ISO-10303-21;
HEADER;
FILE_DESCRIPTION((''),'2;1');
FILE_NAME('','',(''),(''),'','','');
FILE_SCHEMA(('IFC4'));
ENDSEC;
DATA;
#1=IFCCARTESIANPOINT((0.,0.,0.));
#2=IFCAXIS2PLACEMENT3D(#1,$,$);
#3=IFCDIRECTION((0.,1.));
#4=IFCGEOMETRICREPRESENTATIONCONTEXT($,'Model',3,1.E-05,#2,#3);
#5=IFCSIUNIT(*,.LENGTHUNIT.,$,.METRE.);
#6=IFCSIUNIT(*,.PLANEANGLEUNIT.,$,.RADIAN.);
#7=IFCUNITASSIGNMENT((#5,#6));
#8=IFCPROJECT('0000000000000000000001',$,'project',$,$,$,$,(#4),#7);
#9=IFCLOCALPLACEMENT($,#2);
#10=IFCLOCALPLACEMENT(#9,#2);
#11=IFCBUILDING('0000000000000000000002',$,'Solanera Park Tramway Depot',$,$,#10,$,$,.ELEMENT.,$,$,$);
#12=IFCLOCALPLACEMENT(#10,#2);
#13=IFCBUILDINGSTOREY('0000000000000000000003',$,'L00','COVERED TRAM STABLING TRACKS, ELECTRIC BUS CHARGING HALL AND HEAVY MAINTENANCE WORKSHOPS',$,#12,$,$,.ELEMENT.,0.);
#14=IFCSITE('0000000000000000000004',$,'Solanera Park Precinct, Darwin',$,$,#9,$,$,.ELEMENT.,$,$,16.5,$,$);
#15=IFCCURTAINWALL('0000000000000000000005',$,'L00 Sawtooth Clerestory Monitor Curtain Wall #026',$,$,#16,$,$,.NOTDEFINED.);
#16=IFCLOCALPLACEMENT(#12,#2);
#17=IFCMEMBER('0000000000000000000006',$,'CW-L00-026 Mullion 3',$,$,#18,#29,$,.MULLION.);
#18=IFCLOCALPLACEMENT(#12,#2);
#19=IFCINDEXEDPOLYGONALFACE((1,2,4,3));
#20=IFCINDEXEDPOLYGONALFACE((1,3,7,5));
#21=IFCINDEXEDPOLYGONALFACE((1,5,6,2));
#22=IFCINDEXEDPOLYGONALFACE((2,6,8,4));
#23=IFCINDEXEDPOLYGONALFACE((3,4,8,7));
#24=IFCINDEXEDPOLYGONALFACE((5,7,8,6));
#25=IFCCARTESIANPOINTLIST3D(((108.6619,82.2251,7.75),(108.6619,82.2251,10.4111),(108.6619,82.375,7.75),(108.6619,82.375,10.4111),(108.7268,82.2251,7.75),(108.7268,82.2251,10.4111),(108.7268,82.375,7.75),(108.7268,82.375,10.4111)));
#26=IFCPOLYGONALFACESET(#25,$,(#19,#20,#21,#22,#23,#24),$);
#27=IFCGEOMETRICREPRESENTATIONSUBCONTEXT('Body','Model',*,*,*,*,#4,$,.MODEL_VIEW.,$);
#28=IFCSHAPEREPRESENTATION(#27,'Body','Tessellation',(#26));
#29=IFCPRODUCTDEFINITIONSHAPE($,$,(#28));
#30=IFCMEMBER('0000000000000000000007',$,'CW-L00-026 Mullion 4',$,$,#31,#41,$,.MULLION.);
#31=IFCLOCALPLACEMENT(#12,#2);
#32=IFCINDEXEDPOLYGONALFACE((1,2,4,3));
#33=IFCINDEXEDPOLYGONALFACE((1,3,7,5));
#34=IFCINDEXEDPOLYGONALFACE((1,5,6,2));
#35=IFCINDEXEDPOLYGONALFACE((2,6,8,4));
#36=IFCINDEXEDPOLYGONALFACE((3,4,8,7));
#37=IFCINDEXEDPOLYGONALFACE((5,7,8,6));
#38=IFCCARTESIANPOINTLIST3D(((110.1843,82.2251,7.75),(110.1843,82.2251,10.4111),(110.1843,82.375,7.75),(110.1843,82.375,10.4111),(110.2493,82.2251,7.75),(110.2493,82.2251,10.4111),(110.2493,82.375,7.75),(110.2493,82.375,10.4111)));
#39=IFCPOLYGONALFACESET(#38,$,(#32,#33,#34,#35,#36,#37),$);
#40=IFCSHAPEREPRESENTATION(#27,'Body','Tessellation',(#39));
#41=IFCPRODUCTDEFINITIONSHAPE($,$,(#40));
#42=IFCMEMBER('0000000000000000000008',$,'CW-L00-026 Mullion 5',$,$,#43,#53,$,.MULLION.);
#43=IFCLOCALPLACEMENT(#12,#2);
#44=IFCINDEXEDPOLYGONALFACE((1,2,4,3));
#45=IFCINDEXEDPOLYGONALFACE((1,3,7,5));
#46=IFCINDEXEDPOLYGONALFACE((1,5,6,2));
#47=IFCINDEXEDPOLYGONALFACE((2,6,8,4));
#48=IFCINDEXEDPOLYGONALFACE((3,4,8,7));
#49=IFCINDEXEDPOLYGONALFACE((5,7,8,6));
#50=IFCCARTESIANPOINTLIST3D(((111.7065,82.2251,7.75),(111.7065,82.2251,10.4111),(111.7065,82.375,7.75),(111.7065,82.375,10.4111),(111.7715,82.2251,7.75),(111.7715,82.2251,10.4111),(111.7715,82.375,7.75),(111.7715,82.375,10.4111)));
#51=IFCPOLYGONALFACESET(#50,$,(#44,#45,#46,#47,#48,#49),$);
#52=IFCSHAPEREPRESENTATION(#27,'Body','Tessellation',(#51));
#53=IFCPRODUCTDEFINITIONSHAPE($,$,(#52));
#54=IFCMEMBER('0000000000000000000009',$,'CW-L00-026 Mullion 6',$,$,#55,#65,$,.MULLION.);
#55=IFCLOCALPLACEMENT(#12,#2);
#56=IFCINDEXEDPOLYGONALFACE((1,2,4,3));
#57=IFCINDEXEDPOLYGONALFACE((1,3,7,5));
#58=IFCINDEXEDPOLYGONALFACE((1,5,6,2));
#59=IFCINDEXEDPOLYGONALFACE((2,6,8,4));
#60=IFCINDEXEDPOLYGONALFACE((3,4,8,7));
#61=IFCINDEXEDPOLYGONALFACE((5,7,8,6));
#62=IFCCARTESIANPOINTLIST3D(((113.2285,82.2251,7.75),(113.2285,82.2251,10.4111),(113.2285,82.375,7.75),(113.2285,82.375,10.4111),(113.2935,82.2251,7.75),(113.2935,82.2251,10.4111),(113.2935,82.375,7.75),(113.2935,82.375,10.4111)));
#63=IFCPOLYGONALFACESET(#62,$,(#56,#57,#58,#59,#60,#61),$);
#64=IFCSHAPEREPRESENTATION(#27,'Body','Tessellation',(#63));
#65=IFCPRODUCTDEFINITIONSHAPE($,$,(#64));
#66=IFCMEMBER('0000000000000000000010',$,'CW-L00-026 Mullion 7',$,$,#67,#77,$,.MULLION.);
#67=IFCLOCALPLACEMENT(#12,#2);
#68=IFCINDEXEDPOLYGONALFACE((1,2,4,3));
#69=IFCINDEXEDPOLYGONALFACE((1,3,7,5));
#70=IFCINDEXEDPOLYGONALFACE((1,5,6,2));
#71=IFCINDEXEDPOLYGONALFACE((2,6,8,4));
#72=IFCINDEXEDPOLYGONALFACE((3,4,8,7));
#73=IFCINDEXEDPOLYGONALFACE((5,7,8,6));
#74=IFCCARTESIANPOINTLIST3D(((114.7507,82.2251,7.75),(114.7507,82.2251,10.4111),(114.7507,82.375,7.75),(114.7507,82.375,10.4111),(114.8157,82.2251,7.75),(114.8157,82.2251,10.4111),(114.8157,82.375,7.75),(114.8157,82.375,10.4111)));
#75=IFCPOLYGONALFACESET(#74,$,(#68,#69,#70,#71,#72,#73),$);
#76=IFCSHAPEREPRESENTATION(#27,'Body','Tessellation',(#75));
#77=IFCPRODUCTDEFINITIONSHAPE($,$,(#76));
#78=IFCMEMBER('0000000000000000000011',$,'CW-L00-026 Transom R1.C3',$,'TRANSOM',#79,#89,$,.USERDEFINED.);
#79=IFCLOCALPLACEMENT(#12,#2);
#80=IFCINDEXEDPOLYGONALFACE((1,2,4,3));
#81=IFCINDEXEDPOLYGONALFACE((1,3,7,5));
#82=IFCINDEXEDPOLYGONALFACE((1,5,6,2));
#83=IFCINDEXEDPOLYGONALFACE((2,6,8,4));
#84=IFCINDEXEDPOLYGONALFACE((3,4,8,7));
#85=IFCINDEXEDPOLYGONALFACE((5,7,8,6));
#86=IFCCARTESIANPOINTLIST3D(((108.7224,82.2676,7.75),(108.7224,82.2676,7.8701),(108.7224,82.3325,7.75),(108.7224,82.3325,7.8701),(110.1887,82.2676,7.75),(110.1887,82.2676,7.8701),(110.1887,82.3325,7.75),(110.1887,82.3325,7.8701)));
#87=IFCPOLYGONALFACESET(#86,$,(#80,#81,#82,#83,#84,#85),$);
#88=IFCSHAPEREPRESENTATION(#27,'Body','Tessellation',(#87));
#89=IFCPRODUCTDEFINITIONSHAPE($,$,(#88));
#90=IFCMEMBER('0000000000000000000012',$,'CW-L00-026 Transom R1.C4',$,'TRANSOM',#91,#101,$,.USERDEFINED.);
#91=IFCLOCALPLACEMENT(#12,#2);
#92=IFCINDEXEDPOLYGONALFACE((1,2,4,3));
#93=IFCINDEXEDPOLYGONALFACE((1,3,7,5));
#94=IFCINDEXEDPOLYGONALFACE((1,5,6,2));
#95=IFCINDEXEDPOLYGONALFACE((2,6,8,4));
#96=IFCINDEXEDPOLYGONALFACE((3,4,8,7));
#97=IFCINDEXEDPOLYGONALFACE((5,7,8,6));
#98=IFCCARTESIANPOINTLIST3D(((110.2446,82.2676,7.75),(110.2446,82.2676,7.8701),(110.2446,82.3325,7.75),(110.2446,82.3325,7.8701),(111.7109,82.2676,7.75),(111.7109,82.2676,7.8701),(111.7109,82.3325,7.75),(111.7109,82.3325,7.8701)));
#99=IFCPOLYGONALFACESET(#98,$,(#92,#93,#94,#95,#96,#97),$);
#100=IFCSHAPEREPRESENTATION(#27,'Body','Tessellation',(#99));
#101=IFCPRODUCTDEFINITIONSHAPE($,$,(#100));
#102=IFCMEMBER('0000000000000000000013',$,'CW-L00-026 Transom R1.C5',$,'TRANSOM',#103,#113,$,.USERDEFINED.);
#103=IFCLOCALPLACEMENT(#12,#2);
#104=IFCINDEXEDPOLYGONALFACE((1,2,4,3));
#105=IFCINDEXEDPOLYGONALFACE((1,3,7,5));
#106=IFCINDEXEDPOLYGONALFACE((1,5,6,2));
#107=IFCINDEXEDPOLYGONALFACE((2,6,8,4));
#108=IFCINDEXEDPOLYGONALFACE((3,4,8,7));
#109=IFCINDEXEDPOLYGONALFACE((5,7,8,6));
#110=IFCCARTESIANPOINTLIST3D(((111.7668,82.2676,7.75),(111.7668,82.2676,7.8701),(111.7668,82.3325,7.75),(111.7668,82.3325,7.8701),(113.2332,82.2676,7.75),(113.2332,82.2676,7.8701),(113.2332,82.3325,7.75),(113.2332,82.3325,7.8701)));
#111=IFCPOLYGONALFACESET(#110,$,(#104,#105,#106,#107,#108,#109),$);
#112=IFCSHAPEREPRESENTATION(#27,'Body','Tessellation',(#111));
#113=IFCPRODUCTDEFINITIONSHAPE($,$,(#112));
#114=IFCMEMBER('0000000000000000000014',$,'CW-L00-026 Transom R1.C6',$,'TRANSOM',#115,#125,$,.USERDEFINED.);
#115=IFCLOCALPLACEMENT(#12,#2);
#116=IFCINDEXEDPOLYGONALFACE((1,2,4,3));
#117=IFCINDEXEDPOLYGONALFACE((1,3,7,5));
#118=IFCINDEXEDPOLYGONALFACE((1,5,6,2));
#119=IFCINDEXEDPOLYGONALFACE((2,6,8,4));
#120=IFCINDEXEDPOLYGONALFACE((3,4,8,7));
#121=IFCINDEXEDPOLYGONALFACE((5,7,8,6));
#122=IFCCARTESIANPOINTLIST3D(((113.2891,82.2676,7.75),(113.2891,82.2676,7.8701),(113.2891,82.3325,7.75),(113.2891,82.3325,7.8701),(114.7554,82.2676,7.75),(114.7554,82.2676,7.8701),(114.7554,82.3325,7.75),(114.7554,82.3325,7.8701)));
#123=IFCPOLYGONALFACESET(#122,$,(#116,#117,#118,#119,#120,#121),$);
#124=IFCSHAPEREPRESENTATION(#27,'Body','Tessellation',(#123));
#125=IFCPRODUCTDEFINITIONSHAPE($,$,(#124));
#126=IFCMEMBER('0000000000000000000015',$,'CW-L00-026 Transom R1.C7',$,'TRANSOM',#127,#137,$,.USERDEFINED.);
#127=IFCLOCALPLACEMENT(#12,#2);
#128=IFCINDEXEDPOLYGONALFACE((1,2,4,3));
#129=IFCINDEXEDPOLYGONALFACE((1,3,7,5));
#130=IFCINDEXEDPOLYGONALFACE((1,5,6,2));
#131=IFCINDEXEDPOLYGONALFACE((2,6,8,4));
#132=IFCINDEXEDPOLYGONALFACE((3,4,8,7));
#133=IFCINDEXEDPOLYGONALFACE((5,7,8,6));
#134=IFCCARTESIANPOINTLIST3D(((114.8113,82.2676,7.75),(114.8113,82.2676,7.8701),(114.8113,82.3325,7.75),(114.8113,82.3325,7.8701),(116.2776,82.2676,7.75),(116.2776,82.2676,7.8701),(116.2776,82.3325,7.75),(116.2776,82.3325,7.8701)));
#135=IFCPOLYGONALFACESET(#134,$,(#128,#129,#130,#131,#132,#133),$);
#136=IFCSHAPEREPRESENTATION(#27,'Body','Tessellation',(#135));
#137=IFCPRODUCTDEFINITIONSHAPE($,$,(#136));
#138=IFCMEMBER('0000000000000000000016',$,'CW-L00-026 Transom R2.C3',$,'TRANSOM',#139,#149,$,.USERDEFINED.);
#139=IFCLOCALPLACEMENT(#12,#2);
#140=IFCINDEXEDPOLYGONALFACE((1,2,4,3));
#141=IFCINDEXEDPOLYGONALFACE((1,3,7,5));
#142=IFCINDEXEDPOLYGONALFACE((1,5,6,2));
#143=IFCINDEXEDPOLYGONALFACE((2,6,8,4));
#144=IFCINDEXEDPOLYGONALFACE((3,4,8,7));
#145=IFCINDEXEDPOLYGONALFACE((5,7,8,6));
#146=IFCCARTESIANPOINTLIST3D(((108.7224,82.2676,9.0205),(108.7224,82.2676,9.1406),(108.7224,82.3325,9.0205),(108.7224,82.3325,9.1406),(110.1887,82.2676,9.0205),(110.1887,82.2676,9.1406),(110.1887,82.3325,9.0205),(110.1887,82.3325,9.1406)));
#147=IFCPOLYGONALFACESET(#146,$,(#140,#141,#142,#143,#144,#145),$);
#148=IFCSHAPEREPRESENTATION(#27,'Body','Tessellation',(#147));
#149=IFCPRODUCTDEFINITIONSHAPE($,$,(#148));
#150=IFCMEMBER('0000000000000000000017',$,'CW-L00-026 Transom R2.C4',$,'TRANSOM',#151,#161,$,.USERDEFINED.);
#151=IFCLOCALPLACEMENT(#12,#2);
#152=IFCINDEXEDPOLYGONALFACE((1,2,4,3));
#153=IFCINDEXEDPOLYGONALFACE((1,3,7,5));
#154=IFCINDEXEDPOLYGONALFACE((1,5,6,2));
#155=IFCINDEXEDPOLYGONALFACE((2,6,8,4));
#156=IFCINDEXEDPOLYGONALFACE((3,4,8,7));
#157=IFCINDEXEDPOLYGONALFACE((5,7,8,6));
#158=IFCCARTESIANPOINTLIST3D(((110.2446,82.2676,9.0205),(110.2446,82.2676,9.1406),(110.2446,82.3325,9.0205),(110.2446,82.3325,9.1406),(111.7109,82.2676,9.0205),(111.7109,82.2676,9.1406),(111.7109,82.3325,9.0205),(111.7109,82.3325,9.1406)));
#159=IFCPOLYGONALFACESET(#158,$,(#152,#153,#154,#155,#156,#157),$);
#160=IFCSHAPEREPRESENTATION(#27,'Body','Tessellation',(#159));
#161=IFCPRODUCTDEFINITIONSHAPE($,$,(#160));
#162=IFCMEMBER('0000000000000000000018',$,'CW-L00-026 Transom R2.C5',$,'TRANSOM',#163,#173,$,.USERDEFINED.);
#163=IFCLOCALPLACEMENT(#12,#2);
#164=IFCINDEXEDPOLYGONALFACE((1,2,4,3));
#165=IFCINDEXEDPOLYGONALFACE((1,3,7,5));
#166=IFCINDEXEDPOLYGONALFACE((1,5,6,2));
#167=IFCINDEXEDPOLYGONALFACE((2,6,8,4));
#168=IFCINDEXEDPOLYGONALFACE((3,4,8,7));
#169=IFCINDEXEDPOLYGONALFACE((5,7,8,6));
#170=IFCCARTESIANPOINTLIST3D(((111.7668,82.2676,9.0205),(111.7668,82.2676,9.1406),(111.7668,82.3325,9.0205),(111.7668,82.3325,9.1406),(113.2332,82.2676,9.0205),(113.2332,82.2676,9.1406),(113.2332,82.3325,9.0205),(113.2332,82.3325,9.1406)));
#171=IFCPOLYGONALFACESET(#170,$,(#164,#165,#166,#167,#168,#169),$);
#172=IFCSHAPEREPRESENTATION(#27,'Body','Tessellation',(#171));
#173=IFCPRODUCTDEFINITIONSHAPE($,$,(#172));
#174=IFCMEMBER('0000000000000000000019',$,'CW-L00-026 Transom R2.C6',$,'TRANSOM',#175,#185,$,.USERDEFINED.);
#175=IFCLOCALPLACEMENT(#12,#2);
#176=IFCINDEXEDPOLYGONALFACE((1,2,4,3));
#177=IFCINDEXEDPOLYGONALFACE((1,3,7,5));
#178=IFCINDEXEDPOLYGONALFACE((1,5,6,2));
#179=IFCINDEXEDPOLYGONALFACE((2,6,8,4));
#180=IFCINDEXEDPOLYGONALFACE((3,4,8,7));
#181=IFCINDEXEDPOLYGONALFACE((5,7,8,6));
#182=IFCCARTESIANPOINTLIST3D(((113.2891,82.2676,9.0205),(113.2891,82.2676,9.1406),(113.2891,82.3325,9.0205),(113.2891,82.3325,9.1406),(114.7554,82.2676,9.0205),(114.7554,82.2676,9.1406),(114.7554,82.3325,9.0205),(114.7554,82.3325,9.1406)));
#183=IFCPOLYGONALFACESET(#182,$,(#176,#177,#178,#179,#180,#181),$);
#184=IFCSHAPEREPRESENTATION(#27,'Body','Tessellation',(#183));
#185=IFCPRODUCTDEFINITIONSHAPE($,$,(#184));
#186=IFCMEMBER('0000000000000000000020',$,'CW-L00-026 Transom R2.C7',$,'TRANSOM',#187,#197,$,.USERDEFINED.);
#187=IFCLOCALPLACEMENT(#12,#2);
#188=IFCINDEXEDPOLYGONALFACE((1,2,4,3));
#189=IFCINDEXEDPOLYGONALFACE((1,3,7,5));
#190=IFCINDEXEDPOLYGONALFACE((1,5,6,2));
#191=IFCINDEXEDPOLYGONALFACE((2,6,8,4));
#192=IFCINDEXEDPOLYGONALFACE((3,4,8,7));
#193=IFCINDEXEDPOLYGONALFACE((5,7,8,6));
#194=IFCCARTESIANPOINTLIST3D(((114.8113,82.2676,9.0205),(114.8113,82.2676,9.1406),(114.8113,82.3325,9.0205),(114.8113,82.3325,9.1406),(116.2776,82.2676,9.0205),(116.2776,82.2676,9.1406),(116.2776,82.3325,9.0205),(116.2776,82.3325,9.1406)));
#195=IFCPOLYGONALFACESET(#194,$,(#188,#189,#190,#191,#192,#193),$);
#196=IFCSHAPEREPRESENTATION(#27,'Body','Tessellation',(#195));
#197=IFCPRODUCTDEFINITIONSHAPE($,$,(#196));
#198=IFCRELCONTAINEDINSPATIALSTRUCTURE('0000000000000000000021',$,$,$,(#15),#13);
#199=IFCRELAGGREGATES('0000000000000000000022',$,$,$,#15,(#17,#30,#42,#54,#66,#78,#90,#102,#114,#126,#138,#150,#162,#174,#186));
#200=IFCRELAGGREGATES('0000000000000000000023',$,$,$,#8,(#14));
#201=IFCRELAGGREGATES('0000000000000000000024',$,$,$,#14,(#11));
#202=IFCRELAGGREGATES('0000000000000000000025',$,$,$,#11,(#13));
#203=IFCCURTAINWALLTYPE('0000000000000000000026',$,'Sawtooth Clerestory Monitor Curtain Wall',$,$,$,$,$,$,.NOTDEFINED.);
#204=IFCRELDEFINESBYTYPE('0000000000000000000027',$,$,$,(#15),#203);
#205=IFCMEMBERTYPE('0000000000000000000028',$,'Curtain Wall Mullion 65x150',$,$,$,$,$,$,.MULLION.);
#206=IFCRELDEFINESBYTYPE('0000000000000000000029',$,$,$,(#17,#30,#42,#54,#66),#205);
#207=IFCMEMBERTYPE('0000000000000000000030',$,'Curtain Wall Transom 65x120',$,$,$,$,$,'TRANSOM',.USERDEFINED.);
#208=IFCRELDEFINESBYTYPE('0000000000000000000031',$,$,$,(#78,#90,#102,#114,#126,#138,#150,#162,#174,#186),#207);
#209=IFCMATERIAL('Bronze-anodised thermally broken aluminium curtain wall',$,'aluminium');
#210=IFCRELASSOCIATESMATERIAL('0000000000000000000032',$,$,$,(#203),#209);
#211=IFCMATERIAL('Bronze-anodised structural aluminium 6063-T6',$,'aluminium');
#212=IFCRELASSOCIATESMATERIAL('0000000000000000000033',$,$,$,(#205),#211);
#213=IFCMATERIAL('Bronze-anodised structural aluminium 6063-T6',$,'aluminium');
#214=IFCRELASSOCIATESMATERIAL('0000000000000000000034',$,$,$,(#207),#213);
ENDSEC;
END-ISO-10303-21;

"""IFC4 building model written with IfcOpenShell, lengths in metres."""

from ifc_helpers import new_model, si_unit, direction, frame, origin, origin_2d, place, context, subcontext, project, spatial, rectangle, extrude, material, material_profile, profile_set, type_object, element, aggregate, save


model = new_model("IFC4")

# Units and contexts
model_context = context("Model", 3, precision=1e-05, world=origin(), true_north=direction((0.0, 1.0)))
body_context = subcontext(model_context, "Body", "Model", "MODEL_VIEW")
ifc_project = project(units=[si_unit("LENGTHUNIT", "METRE"), si_unit("PLANEANGLEUNIT", "RADIAN")], contexts=[model_context])

# Site, building, storey
site_placement = place(None, origin())
site = spatial("IfcSite", under=ifc_project, at=site_placement, Name="Solanera Park Precinct, Darwin", CompositionType="ELEMENT", RefElevation=16.5)
building_placement = place(site_placement, origin())
building = spatial("IfcBuilding", under=site, at=building_placement, Name="Solanera Park Tramway Depot", CompositionType="ELEMENT")
storey_placement = place(building_placement, origin())
storey = spatial("IfcBuildingStorey", under=building, at=storey_placement, Name="L00", Description="COVERED TRAM STABLING TRACKS, ELECTRIC BUS CHARGING HALL AND HEAVY MAINTENANCE WORKSHOPS", CompositionType="ELEMENT", Elevation=0.0)

# Curtain wall, members
ifc_material_1 = material(Name="Bronze-anodised thermally broken aluminium curtain wall", Category="aluminium")
curtain_wall_type = type_object("IfcCurtainWallType", Name="Sawtooth Clerestory Monitor Curtain Wall", PredefinedType="NOTDEFINED", material=ifc_material_1)
curtain_wall_placement = place(storey_placement, origin())
curtain_wall = element("IfcCurtainWall", 1, at=curtain_wall_placement, inside=storey, type_object=curtain_wall_type, Name="L00 Sawtooth Clerestory Monitor Curtain Wall #026", PredefinedType="NOTDEFINED")
ifc_material_2 = material(Name="Bronze-anodised structural aluminium 6063-T6", Category="aluminium")
ifc_material_profile_1 = material_profile(ifc_material_2, rectangle(XDim=0.0649, YDim=0.1499, at=origin_2d()), Name="Curtain Wall Mullion 65x150")
ifc_profile_set_1 = profile_set([ifc_material_profile_1], Name="Bronze-anodised structural aluminium 6063-T6")
member_type_1 = type_object("IfcMemberType", Name="Curtain Wall Mullion 65x150", PredefinedType="MULLION", material=ifc_profile_set_1)
member_1_placement = place(storey_placement, frame((108.6943, 82.3, 7.75), z_axis=(0.0, 0.0, 1.0), x_axis=(1.0, 0.0, 0.0)))
member_1 = element("IfcMember", 2, at=member_1_placement, type_object=member_type_1, Name="CW-L00-026 Mullion 3", PredefinedType="MULLION", context=body_context, shape_type="SweptSolid", body=[
    extrude(rectangle(XDim=0.0649, YDim=0.1499, at=origin_2d()), origin(), (0.0, 0.0, 1.0), 2.6611),
])
member_2_placement = place(storey_placement, frame((110.2168, 82.3, 7.75), z_axis=(0.0, 0.0, 1.0), x_axis=(1.0, 0.0, 0.0)))
member_2 = element("IfcMember", 3, at=member_2_placement, type_object=member_type_1, Name="CW-L00-026 Mullion 4", PredefinedType="MULLION", context=body_context, shape_type="SweptSolid", body=[
    extrude(rectangle(XDim=0.0649, YDim=0.1499, at=origin_2d()), origin(), (0.0, 0.0, 1.0), 2.6611),
])
member_3_placement = place(storey_placement, frame((111.739, 82.3, 7.75), z_axis=(0.0, 0.0, 1.0), x_axis=(1.0, 0.0, 0.0)))
member_3 = element("IfcMember", 4, at=member_3_placement, type_object=member_type_1, Name="CW-L00-026 Mullion 5", PredefinedType="MULLION", context=body_context, shape_type="SweptSolid", body=[
    extrude(rectangle(XDim=0.0649, YDim=0.1499, at=origin_2d()), origin(), (0.0, 0.0, 1.0), 2.6611),
])
member_4_placement = place(storey_placement, frame((113.261, 82.3, 7.75), z_axis=(0.0, 0.0, 1.0), x_axis=(1.0, 0.0, 0.0)))
member_4 = element("IfcMember", 5, at=member_4_placement, type_object=member_type_1, Name="CW-L00-026 Mullion 6", PredefinedType="MULLION", context=body_context, shape_type="SweptSolid", body=[
    extrude(rectangle(XDim=0.0649, YDim=0.1499, at=origin_2d()), origin(), (0.0, 0.0, 1.0), 2.6611),
])
member_5_placement = place(storey_placement, frame((114.7832, 82.3, 7.75), z_axis=(0.0, 0.0, 1.0), x_axis=(1.0, 0.0, 0.0)))
member_5 = element("IfcMember", 6, at=member_5_placement, type_object=member_type_1, Name="CW-L00-026 Mullion 7", PredefinedType="MULLION", context=body_context, shape_type="SweptSolid", body=[
    extrude(rectangle(XDim=0.0649, YDim=0.1499, at=origin_2d()), origin(), (0.0, 0.0, 1.0), 2.6611),
])
ifc_material_3 = material(Name="Bronze-anodised structural aluminium 6063-T6", Category="aluminium")
ifc_material_profile_2 = material_profile(ifc_material_3, rectangle(XDim=0.0649, YDim=0.1201, at=origin_2d()), Name="Curtain Wall Transom 65x120")
ifc_profile_set_2 = profile_set([ifc_material_profile_2], Name="Bronze-anodised structural aluminium 6063-T6")
member_type_2 = type_object("IfcMemberType", Name="Curtain Wall Transom 65x120", ElementType="TRANSOM", PredefinedType="USERDEFINED", material=ifc_profile_set_2)
member_6_placement = place(storey_placement, frame((108.7224, 82.3, 7.8101), z_axis=(1.0, 0.0, 0.0), x_axis=(0.0, 1.0, 0.0)))
member_6 = element("IfcMember", 7, at=member_6_placement, type_object=member_type_2, Name="CW-L00-026 Transom R1.C3", ObjectType="TRANSOM", PredefinedType="USERDEFINED", context=body_context, shape_type="SweptSolid", body=[
    extrude(rectangle(XDim=0.0649, YDim=0.1201, at=origin_2d()), origin(), (0.0, 0.0, 1.0), 1.4663),
])
member_7_placement = place(storey_placement, frame((110.2446, 82.3, 7.8101), z_axis=(1.0, 0.0, 0.0), x_axis=(0.0, 1.0, 0.0)))
member_7 = element("IfcMember", 8, at=member_7_placement, type_object=member_type_2, Name="CW-L00-026 Transom R1.C4", ObjectType="TRANSOM", PredefinedType="USERDEFINED", context=body_context, shape_type="SweptSolid", body=[
    extrude(rectangle(XDim=0.0649, YDim=0.1201, at=origin_2d()), origin(), (0.0, 0.0, 1.0), 1.4663),
])
member_8_placement = place(storey_placement, frame((111.7668, 82.3, 7.8101), z_axis=(1.0, 0.0, 0.0), x_axis=(0.0, 1.0, 0.0)))
member_8 = element("IfcMember", 9, at=member_8_placement, type_object=member_type_2, Name="CW-L00-026 Transom R1.C5", ObjectType="TRANSOM", PredefinedType="USERDEFINED", context=body_context, shape_type="SweptSolid", body=[
    extrude(rectangle(XDim=0.0649, YDim=0.1201, at=origin_2d()), origin(), (0.0, 0.0, 1.0), 1.4663),
])
member_9_placement = place(storey_placement, frame((113.2891, 82.3, 7.8101), z_axis=(1.0, 0.0, 0.0), x_axis=(0.0, 1.0, 0.0)))
member_9 = element("IfcMember", 10, at=member_9_placement, type_object=member_type_2, Name="CW-L00-026 Transom R1.C6", ObjectType="TRANSOM", PredefinedType="USERDEFINED", context=body_context, shape_type="SweptSolid", body=[
    extrude(rectangle(XDim=0.0649, YDim=0.1201, at=origin_2d()), origin(), (0.0, 0.0, 1.0), 1.4663),
])
member_10_placement = place(storey_placement, frame((114.8113, 82.3, 7.8101), z_axis=(1.0, 0.0, 0.0), x_axis=(0.0, 1.0, 0.0)))
member_10 = element("IfcMember", 11, at=member_10_placement, type_object=member_type_2, Name="CW-L00-026 Transom R1.C7", ObjectType="TRANSOM", PredefinedType="USERDEFINED", context=body_context, shape_type="SweptSolid", body=[
    extrude(rectangle(XDim=0.0649, YDim=0.1201, at=origin_2d()), origin(), (0.0, 0.0, 1.0), 1.4663),
])
member_11_placement = place(storey_placement, frame((108.7224, 82.3, 9.0806), z_axis=(1.0, 0.0, 0.0), x_axis=(0.0, 1.0, 0.0)))
member_11 = element("IfcMember", 12, at=member_11_placement, type_object=member_type_2, Name="CW-L00-026 Transom R2.C3", ObjectType="TRANSOM", PredefinedType="USERDEFINED", context=body_context, shape_type="SweptSolid", body=[
    extrude(rectangle(XDim=0.0649, YDim=0.1201, at=origin_2d()), origin(), (0.0, 0.0, 1.0), 1.4663),
])
member_12_placement = place(storey_placement, frame((110.2446, 82.3, 9.0806), z_axis=(1.0, 0.0, 0.0), x_axis=(0.0, 1.0, 0.0)))
member_12 = element("IfcMember", 13, at=member_12_placement, type_object=member_type_2, Name="CW-L00-026 Transom R2.C4", ObjectType="TRANSOM", PredefinedType="USERDEFINED", context=body_context, shape_type="SweptSolid", body=[
    extrude(rectangle(XDim=0.0649, YDim=0.1201, at=origin_2d()), origin(), (0.0, 0.0, 1.0), 1.4663),
])
member_13_placement = place(storey_placement, frame((111.7668, 82.3, 9.0806), z_axis=(1.0, 0.0, 0.0), x_axis=(0.0, 1.0, 0.0)))
member_13 = element("IfcMember", 14, at=member_13_placement, type_object=member_type_2, Name="CW-L00-026 Transom R2.C5", ObjectType="TRANSOM", PredefinedType="USERDEFINED", context=body_context, shape_type="SweptSolid", body=[
    extrude(rectangle(XDim=0.0649, YDim=0.1201, at=origin_2d()), origin(), (0.0, 0.0, 1.0), 1.4663),
])
member_14_placement = place(storey_placement, frame((113.2891, 82.3, 9.0806), z_axis=(1.0, 0.0, 0.0), x_axis=(0.0, 1.0, 0.0)))
member_14 = element("IfcMember", 15, at=member_14_placement, type_object=member_type_2, Name="CW-L00-026 Transom R2.C6", ObjectType="TRANSOM", PredefinedType="USERDEFINED", context=body_context, shape_type="SweptSolid", body=[
    extrude(rectangle(XDim=0.0649, YDim=0.1201, at=origin_2d()), origin(), (0.0, 0.0, 1.0), 1.4663),
])
member_15_placement = place(storey_placement, frame((114.8113, 82.3, 9.0806), z_axis=(1.0, 0.0, 0.0), x_axis=(0.0, 1.0, 0.0)))
member_15 = element("IfcMember", 16, at=member_15_placement, type_object=member_type_2, Name="CW-L00-026 Transom R2.C7", ObjectType="TRANSOM", PredefinedType="USERDEFINED", context=body_context, shape_type="SweptSolid", body=[
    extrude(rectangle(XDim=0.0649, YDim=0.1201, at=origin_2d()), origin(), (0.0, 0.0, 1.0), 1.4663),
])

aggregate(curtain_wall, [member_1, member_2, member_3, member_4, member_5, member_6, member_7, member_8, member_9, member_10, member_11, member_12, member_13, member_14, member_15])

save(model, "model.ifc")
